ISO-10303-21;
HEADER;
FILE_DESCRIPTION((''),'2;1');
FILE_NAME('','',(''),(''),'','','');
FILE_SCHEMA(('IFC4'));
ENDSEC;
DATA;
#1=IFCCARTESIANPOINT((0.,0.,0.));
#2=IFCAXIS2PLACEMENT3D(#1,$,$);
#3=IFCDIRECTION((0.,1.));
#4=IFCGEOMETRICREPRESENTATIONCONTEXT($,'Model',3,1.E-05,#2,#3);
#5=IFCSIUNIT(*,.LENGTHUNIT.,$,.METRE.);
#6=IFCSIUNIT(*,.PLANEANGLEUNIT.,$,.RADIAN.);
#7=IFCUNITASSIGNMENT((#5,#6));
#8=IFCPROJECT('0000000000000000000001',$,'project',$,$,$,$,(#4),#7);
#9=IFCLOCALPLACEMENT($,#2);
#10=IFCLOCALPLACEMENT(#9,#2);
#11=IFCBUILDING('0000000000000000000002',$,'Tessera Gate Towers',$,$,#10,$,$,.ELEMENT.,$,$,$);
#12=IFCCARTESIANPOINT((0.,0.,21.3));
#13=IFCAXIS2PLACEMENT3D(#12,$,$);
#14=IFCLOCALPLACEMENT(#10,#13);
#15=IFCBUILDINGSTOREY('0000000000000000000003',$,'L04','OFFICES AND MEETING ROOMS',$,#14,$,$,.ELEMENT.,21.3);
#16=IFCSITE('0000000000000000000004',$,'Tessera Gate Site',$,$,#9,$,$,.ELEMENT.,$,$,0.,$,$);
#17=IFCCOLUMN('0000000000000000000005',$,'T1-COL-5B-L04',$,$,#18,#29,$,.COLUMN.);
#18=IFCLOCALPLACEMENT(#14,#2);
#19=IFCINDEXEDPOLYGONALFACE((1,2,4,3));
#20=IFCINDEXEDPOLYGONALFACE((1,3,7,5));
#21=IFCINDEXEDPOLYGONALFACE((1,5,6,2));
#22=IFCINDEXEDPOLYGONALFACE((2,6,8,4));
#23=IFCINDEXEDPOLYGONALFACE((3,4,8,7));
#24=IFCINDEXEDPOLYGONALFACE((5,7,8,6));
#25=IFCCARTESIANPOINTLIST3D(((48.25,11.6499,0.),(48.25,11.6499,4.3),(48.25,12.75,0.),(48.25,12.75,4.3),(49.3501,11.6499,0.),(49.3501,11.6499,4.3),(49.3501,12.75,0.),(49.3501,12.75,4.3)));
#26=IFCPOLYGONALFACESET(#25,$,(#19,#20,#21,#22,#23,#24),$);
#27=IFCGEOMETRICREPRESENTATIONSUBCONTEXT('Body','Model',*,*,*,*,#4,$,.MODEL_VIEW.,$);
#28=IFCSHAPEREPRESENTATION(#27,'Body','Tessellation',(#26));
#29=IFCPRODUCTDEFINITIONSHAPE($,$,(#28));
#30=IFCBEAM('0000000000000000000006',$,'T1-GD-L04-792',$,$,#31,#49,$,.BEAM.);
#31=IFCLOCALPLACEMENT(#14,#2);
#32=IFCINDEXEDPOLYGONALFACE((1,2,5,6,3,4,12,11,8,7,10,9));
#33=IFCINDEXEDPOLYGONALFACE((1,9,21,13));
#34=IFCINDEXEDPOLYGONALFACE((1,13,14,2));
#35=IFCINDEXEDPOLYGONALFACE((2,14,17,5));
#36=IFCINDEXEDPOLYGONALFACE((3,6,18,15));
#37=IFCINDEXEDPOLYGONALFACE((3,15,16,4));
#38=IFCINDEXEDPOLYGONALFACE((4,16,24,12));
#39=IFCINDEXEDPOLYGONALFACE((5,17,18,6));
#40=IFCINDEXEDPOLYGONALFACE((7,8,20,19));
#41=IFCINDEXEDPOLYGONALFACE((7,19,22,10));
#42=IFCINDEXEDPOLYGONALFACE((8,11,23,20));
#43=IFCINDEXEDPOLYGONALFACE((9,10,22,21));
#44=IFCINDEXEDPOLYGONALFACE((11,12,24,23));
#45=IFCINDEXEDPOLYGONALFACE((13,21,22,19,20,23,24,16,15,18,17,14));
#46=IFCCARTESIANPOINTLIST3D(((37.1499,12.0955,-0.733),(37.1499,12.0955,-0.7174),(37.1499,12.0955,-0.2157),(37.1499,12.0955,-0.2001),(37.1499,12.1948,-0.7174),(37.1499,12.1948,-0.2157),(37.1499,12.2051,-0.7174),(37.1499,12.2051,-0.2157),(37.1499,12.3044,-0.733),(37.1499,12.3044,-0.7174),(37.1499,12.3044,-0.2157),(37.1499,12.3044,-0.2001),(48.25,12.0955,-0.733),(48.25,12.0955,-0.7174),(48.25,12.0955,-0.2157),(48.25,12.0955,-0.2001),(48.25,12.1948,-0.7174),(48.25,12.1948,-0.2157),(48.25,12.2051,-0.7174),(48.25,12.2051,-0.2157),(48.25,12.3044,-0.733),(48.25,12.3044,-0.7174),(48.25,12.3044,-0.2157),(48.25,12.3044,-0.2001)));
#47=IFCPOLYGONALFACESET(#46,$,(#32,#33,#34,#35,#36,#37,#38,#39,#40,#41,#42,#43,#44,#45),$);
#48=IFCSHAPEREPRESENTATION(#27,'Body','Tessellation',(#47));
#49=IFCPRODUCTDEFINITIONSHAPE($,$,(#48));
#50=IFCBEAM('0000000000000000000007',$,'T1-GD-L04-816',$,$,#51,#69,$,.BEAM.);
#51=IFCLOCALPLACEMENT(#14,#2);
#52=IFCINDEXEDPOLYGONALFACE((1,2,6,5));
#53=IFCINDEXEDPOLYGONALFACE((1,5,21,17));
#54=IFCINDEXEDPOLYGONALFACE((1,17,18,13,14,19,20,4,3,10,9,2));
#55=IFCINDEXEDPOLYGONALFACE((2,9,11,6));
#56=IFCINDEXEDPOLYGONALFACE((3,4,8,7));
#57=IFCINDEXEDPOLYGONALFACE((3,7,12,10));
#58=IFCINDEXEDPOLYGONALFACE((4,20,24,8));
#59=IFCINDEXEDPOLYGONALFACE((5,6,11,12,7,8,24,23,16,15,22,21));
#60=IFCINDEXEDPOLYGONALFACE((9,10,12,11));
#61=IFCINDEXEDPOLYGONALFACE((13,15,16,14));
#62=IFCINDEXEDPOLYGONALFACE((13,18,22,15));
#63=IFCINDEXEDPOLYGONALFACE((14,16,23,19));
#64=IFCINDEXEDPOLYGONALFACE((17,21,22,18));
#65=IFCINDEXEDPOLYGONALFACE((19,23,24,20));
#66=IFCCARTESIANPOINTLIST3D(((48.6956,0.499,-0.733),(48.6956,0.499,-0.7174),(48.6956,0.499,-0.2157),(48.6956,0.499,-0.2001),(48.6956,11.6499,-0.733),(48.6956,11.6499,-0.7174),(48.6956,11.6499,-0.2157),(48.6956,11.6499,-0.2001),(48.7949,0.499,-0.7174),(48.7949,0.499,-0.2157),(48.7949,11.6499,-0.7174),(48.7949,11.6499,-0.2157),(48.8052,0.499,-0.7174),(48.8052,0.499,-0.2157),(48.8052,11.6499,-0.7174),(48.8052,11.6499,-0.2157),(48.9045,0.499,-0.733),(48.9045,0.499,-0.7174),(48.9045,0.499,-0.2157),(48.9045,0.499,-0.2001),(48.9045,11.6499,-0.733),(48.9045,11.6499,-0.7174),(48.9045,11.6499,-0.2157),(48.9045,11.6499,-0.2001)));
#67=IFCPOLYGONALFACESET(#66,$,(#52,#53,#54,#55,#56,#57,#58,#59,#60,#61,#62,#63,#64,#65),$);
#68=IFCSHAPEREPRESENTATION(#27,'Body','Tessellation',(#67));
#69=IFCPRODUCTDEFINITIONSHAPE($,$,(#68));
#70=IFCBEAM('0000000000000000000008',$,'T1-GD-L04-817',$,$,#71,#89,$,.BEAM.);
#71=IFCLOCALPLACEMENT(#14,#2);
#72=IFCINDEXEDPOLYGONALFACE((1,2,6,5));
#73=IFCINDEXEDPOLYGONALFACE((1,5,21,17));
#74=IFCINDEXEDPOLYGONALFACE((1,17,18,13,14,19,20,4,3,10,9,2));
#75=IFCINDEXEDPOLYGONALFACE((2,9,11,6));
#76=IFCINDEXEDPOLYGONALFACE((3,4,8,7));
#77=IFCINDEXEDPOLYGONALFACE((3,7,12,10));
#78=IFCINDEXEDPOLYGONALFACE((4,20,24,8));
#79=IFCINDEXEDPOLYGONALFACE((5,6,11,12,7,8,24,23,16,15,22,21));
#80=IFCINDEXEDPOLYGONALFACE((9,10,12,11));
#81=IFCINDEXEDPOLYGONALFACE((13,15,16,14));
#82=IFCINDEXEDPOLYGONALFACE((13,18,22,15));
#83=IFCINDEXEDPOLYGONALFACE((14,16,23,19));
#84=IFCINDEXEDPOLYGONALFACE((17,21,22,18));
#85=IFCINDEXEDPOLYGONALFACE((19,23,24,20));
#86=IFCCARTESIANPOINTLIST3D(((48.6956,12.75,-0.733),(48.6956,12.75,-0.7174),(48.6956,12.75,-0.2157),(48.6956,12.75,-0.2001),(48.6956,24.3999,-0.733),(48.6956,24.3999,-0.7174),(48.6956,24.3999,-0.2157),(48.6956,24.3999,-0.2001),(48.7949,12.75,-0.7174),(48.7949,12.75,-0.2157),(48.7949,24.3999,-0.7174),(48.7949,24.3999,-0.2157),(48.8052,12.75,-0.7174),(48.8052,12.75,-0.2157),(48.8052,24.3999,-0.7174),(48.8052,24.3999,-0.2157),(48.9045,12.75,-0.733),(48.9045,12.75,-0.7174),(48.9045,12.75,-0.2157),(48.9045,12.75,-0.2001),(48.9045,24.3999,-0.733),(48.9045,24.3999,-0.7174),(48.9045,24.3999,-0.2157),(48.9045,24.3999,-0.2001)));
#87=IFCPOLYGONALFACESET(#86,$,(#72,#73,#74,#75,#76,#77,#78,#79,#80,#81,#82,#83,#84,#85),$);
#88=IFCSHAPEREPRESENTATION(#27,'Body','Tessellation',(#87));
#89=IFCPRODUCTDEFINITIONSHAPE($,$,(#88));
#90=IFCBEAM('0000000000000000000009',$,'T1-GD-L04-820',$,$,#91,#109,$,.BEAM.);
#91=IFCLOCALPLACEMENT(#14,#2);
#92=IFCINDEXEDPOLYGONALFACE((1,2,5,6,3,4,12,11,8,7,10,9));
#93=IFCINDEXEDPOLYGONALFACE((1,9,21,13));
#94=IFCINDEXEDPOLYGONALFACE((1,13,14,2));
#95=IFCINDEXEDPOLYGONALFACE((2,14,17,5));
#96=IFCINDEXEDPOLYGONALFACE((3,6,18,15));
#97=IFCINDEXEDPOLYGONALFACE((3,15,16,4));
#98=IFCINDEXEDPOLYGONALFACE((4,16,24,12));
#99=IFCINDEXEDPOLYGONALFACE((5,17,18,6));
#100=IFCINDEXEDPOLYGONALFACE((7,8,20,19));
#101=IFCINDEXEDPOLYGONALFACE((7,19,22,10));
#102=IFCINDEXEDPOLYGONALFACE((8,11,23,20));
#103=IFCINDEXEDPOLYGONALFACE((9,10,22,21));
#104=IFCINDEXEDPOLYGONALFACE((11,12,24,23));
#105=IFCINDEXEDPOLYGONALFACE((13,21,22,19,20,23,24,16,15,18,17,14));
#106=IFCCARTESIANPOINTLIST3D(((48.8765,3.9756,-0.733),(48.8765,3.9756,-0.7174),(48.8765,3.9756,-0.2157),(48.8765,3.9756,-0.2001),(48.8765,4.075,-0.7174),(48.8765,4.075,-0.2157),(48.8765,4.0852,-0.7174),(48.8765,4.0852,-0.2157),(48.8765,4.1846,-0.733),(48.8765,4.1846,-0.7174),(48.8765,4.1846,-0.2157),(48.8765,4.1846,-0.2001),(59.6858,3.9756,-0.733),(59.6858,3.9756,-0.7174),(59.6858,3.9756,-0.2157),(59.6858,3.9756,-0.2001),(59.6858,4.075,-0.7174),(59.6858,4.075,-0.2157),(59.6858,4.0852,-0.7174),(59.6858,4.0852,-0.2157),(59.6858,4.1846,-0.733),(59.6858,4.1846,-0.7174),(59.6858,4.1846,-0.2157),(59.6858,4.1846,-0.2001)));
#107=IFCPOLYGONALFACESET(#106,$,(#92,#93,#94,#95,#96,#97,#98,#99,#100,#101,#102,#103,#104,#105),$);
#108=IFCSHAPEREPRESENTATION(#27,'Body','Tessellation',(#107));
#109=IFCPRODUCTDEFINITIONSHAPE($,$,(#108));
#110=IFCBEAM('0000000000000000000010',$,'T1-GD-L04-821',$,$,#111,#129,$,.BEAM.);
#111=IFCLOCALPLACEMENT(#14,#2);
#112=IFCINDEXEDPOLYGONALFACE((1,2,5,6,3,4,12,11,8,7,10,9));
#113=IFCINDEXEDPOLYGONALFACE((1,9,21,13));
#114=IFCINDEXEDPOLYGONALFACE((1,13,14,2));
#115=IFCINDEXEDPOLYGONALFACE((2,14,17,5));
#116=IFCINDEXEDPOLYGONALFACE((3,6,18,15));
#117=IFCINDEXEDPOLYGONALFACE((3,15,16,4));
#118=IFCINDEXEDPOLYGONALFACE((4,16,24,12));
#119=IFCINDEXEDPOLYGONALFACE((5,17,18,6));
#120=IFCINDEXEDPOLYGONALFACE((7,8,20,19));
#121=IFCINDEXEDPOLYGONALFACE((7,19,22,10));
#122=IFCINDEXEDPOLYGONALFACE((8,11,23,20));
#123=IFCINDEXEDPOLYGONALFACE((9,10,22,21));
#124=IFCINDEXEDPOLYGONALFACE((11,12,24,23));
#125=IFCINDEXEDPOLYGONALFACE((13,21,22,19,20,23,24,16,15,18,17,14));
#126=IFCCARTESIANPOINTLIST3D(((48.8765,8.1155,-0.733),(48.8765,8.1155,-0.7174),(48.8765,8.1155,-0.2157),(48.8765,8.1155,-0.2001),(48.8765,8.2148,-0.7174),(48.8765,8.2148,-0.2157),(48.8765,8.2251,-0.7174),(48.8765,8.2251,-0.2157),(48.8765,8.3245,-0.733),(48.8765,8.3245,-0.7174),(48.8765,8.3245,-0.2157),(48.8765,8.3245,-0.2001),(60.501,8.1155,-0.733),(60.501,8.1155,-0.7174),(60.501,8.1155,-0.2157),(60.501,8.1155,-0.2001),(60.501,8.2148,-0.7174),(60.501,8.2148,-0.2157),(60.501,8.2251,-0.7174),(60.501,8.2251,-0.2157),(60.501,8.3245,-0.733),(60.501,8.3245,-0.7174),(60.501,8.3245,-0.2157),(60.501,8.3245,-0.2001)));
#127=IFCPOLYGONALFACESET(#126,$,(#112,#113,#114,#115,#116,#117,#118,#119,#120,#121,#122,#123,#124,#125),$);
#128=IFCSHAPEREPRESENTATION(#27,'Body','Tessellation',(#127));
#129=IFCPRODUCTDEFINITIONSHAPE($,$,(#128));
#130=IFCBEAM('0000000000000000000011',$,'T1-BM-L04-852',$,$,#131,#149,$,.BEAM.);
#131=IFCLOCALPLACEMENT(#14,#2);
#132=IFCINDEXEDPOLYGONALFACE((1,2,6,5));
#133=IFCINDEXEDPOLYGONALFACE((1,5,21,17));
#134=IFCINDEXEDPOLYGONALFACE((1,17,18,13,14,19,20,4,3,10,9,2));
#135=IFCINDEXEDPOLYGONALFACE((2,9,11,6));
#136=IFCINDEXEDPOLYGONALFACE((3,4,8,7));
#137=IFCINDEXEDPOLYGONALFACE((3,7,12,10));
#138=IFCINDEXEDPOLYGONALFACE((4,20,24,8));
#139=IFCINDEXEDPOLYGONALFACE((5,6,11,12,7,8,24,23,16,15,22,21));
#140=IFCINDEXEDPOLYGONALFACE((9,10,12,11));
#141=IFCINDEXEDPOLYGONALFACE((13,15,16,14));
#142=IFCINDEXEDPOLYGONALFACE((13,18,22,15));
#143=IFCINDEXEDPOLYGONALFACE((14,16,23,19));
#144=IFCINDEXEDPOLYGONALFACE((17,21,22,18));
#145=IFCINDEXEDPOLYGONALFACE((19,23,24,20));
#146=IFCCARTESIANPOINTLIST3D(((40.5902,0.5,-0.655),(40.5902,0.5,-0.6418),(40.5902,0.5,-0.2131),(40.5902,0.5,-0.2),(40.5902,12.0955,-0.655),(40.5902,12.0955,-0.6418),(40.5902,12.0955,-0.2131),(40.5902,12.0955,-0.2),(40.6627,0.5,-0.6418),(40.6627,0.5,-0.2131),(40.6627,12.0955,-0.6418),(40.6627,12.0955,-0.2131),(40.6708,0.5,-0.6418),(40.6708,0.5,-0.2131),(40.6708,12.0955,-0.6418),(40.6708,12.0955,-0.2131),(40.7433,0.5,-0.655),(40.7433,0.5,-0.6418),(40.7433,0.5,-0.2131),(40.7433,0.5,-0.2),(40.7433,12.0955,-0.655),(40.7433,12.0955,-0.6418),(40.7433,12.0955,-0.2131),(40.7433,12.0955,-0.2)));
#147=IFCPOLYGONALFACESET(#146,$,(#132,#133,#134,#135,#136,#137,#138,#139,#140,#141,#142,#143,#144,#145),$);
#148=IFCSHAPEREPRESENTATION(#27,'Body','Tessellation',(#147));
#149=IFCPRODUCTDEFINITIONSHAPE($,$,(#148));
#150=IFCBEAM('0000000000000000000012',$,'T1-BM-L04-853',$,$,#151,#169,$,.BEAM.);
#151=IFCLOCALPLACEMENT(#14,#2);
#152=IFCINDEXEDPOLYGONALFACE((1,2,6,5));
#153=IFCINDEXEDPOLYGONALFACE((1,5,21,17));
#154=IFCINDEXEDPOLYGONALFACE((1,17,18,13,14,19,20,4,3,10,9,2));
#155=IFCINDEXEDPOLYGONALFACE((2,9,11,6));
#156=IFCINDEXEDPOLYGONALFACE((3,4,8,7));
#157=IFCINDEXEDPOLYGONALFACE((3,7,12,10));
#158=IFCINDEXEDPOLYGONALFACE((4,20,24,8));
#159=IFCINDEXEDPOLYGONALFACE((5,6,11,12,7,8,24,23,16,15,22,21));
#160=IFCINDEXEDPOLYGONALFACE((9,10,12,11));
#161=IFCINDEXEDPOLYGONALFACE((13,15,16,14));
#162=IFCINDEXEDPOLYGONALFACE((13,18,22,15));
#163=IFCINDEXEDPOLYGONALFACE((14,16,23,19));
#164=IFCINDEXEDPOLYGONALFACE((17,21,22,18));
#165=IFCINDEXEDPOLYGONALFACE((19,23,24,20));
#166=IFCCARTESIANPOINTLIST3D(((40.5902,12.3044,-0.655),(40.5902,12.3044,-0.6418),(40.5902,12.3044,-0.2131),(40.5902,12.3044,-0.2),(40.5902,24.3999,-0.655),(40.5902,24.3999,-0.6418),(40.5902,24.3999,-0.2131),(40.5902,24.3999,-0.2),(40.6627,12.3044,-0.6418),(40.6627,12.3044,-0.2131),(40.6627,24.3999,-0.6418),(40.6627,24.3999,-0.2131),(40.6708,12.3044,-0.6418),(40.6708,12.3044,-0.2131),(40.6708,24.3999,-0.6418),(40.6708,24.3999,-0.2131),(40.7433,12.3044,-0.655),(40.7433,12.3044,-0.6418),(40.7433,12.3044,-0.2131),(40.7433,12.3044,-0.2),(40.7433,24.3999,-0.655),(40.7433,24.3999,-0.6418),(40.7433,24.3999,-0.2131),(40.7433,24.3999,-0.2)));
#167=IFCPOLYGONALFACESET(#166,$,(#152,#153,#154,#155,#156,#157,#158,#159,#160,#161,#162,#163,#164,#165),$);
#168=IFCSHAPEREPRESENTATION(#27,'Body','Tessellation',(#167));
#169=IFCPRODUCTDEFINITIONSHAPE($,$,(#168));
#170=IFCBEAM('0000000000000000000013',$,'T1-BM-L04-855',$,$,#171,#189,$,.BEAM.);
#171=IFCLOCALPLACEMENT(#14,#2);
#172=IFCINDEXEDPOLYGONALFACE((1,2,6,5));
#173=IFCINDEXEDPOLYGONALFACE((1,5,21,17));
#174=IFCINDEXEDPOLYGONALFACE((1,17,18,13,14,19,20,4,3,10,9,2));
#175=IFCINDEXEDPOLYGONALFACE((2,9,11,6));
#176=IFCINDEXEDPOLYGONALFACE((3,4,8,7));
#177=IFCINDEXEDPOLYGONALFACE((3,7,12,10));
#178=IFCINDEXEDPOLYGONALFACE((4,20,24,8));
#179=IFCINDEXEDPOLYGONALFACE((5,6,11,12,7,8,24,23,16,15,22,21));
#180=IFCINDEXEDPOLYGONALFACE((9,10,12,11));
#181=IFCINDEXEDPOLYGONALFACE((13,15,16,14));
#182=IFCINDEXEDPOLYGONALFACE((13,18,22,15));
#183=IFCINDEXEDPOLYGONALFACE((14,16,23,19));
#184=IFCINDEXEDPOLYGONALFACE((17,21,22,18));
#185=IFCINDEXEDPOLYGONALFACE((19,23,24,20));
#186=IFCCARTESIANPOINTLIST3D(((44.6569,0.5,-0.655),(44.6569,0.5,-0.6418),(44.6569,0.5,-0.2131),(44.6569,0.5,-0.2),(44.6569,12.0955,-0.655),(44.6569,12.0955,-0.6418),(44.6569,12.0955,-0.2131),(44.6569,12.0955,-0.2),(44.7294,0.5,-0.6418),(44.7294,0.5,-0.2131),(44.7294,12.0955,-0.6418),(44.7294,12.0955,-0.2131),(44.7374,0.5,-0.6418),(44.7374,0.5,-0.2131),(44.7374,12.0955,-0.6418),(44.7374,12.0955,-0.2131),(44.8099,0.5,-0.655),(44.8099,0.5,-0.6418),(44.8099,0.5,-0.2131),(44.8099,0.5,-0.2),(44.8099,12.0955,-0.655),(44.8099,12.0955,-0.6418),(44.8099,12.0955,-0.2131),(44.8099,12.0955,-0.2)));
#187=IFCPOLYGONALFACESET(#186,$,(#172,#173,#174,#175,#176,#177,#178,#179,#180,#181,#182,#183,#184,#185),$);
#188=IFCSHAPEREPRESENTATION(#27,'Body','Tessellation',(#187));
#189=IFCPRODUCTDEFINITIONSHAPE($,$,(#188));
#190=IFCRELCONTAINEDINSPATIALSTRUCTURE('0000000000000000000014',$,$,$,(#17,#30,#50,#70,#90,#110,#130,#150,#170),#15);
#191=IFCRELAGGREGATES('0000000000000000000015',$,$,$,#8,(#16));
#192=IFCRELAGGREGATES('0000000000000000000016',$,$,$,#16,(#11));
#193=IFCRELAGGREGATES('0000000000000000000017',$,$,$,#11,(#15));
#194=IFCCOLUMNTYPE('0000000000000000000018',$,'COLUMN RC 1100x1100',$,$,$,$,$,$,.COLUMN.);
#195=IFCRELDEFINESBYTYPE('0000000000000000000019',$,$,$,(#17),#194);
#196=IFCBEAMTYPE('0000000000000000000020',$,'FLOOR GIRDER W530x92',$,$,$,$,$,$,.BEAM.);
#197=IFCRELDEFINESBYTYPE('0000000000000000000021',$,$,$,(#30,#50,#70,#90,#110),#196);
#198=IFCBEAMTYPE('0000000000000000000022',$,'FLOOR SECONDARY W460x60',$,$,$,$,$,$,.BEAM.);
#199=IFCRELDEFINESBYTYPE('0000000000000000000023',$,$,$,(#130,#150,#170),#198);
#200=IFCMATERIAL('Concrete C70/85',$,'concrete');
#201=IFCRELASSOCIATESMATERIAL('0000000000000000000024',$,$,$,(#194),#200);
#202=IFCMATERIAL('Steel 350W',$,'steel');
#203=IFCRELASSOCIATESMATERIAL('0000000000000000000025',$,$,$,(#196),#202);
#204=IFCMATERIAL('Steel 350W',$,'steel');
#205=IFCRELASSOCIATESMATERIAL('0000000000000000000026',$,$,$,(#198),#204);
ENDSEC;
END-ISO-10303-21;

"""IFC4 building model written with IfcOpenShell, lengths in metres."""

from ifc_helpers import new_model, si_unit, direction, frame, origin, origin_2d, place, context, subcontext, project, spatial, rectangle, i_section, extrude, material, material_profile, profile_set, type_object, element, save


model = new_model("IFC4")

# Units and contexts
model_context = context("Model", 3, precision=1e-05, world=origin(), true_north=direction((0.0, 1.0)))
body_context = subcontext(model_context, "Body", "Model", "MODEL_VIEW")
ifc_project = project(units=[si_unit("LENGTHUNIT", "METRE"), si_unit("PLANEANGLEUNIT", "RADIAN")], contexts=[model_context])

# Site, building, storey
site_placement = place(None, origin())
site = spatial("IfcSite", under=ifc_project, at=site_placement, Name="Tessera Gate Site", CompositionType="ELEMENT", RefElevation=0.0)
building_placement = place(site_placement, origin())
building = spatial("IfcBuilding", under=site, at=building_placement, Name="Tessera Gate Towers", CompositionType="ELEMENT")
storey_placement = place(building_placement, frame((0.0, 0.0, 21.3)))
storey = spatial("IfcBuildingStorey", under=building, at=storey_placement, Name="L04", Description="OFFICES AND MEETING ROOMS", CompositionType="ELEMENT", Elevation=21.3)

# Column
ifc_material_1 = material(Name="Concrete C70/85", Category="concrete")
ifc_material_profile_1 = material_profile(ifc_material_1, rectangle(XDim=1.1001, YDim=1.1001, at=origin_2d()), Name="RC 1100x1100")
ifc_profile_set_1 = profile_set([ifc_material_profile_1], Name="Concrete C70/85")
column_type = type_object("IfcColumnType", Name="COLUMN RC 1100x1100", PredefinedType="COLUMN", material=ifc_profile_set_1)
column_placement = place(storey_placement, frame((48.8, 12.2, 0.0), z_axis=(0.0, 0.0, 1.0), x_axis=(1.0, 0.0, 0.0)))
element("IfcColumn", 1, at=column_placement, inside=storey, type_object=column_type, Name="T1-COL-5B-L04", PredefinedType="COLUMN", context=body_context, shape_type="SweptSolid", body=[
    extrude(rectangle(XDim=1.1001, YDim=1.1001, at=origin_2d()), origin(), (0.0, 0.0, 1.0), 4.3),
])

# Beams
ifc_material_2 = material(Name="Steel 350W", Category="steel")
ifc_material_profile_2 = material_profile(ifc_material_2, i_section(OverallWidth=0.209, OverallDepth=0.533, WebThickness=0.0103, FlangeThickness=0.0156, at=origin_2d()), Name="W530x92")
ifc_profile_set_2 = profile_set([ifc_material_profile_2], Name="Steel 350W")
beam_type_1 = type_object("IfcBeamType", Name="FLOOR GIRDER W530x92", PredefinedType="BEAM", material=ifc_profile_set_2)
beam_1_placement = place(storey_placement, frame((37.1499, 12.2, -0.4666), z_axis=(1.0, 0.0, 0.0), x_axis=(0.0, 1.0, 0.0)))
element("IfcBeam", 2, at=beam_1_placement, inside=storey, type_object=beam_type_1, Name="T1-GD-L04-792", PredefinedType="BEAM", context=body_context, shape_type="SweptSolid", body=[
    extrude(i_section(OverallWidth=0.209, OverallDepth=0.533, WebThickness=0.0103, FlangeThickness=0.0156, at=origin_2d()), origin(), (0.0, 0.0, 1.0), 11.1001),
])
beam_2_placement = place(storey_placement, frame((48.8, 0.499, -0.4666), z_axis=(0.0, 1.0, 0.0), x_axis=(-1.0, 0.0, 0.0)))
element("IfcBeam", 3, at=beam_2_placement, inside=storey, type_object=beam_type_1, Name="T1-GD-L04-816", PredefinedType="BEAM", context=body_context, shape_type="SweptSolid", body=[
    extrude(i_section(OverallWidth=0.209, OverallDepth=0.533, WebThickness=0.0103, FlangeThickness=0.0156, at=origin_2d()), origin(), (0.0, 0.0, 1.0), 11.1509),
])
beam_3_placement = place(storey_placement, frame((48.8, 12.75, -0.4666), z_axis=(0.0, 1.0, 0.0), x_axis=(-1.0, 0.0, 0.0)))
element("IfcBeam", 4, at=beam_3_placement, inside=storey, type_object=beam_type_1, Name="T1-GD-L04-817", PredefinedType="BEAM", context=body_context, shape_type="SweptSolid", body=[
    extrude(i_section(OverallWidth=0.209, OverallDepth=0.533, WebThickness=0.0103, FlangeThickness=0.0156, at=origin_2d()), origin(), (0.0, 0.0, 1.0), 11.6499),
])
beam_4_placement = place(storey_placement, frame((48.8765, 4.0801, -0.4666), z_axis=(1.0, 0.0, 0.0), x_axis=(0.0, 1.0, 0.0)))
element("IfcBeam", 5, at=beam_4_placement, inside=storey, type_object=beam_type_1, Name="T1-GD-L04-820", PredefinedType="BEAM", context=body_context, shape_type="SweptSolid", body=[
    extrude(i_section(OverallWidth=0.209, OverallDepth=0.533, WebThickness=0.0103, FlangeThickness=0.0156, at=origin_2d()), origin(), (0.0, 0.0, 1.0), 10.8093),
])
beam_5_placement = place(storey_placement, frame((48.8765, 8.22, -0.4666), z_axis=(1.0, 0.0, 0.0), x_axis=(0.0, 1.0, 0.0)))
element("IfcBeam", 6, at=beam_5_placement, inside=storey, type_object=beam_type_1, Name="T1-GD-L04-821", PredefinedType="BEAM", context=body_context, shape_type="SweptSolid", body=[
    extrude(i_section(OverallWidth=0.209, OverallDepth=0.533, WebThickness=0.0103, FlangeThickness=0.0156, at=origin_2d()), origin(), (0.0, 0.0, 1.0), 11.6245),
])
ifc_material_3 = material(Name="Steel 350W", Category="steel")
ifc_material_profile_3 = material_profile(ifc_material_3, i_section(OverallWidth=0.1531, OverallDepth=0.4551, WebThickness=0.0081, FlangeThickness=0.0132, at=origin_2d()), Name="W460x60")
ifc_profile_set_3 = profile_set([ifc_material_profile_3], Name="Steel 350W")
beam_type_2 = type_object("IfcBeamType", Name="FLOOR SECONDARY W460x60", PredefinedType="BEAM", material=ifc_profile_set_3)
beam_6_placement = place(storey_placement, frame((40.6667, 0.5, -0.4275), z_axis=(0.0, 1.0, 0.0), x_axis=(-1.0, 0.0, 0.0)))
element("IfcBeam", 7, at=beam_6_placement, inside=storey, type_object=beam_type_2, Name="T1-BM-L04-852", PredefinedType="BEAM", context=body_context, shape_type="SweptSolid", body=[
    extrude(i_section(OverallWidth=0.1531, OverallDepth=0.4551, WebThickness=0.0081, FlangeThickness=0.0132, at=origin_2d()), origin(), (0.0, 0.0, 1.0), 11.5955),
])
beam_7_placement = place(storey_placement, frame((40.6667, 12.3044, -0.4275), z_axis=(0.0, 1.0, 0.0), x_axis=(-1.0, 0.0, 0.0)))
element("IfcBeam", 8, at=beam_7_placement, inside=storey, type_object=beam_type_2, Name="T1-BM-L04-853", PredefinedType="BEAM", context=body_context, shape_type="SweptSolid", body=[
    extrude(i_section(OverallWidth=0.1531, OverallDepth=0.4551, WebThickness=0.0081, FlangeThickness=0.0132, at=origin_2d()), origin(), (0.0, 0.0, 1.0), 12.0955),
])
beam_8_placement = place(storey_placement, frame((44.7334, 0.5, -0.4275), z_axis=(0.0, 1.0, 0.0), x_axis=(-1.0, 0.0, 0.0)))
element("IfcBeam", 9, at=beam_8_placement, inside=storey, type_object=beam_type_2, Name="T1-BM-L04-855", PredefinedType="BEAM", context=body_context, shape_type="SweptSolid", body=[
    extrude(i_section(OverallWidth=0.1531, OverallDepth=0.4551, WebThickness=0.0081, FlangeThickness=0.0132, at=origin_2d()), origin(), (0.0, 0.0, 1.0), 11.5955),
])

save(model, "model.ifc")
